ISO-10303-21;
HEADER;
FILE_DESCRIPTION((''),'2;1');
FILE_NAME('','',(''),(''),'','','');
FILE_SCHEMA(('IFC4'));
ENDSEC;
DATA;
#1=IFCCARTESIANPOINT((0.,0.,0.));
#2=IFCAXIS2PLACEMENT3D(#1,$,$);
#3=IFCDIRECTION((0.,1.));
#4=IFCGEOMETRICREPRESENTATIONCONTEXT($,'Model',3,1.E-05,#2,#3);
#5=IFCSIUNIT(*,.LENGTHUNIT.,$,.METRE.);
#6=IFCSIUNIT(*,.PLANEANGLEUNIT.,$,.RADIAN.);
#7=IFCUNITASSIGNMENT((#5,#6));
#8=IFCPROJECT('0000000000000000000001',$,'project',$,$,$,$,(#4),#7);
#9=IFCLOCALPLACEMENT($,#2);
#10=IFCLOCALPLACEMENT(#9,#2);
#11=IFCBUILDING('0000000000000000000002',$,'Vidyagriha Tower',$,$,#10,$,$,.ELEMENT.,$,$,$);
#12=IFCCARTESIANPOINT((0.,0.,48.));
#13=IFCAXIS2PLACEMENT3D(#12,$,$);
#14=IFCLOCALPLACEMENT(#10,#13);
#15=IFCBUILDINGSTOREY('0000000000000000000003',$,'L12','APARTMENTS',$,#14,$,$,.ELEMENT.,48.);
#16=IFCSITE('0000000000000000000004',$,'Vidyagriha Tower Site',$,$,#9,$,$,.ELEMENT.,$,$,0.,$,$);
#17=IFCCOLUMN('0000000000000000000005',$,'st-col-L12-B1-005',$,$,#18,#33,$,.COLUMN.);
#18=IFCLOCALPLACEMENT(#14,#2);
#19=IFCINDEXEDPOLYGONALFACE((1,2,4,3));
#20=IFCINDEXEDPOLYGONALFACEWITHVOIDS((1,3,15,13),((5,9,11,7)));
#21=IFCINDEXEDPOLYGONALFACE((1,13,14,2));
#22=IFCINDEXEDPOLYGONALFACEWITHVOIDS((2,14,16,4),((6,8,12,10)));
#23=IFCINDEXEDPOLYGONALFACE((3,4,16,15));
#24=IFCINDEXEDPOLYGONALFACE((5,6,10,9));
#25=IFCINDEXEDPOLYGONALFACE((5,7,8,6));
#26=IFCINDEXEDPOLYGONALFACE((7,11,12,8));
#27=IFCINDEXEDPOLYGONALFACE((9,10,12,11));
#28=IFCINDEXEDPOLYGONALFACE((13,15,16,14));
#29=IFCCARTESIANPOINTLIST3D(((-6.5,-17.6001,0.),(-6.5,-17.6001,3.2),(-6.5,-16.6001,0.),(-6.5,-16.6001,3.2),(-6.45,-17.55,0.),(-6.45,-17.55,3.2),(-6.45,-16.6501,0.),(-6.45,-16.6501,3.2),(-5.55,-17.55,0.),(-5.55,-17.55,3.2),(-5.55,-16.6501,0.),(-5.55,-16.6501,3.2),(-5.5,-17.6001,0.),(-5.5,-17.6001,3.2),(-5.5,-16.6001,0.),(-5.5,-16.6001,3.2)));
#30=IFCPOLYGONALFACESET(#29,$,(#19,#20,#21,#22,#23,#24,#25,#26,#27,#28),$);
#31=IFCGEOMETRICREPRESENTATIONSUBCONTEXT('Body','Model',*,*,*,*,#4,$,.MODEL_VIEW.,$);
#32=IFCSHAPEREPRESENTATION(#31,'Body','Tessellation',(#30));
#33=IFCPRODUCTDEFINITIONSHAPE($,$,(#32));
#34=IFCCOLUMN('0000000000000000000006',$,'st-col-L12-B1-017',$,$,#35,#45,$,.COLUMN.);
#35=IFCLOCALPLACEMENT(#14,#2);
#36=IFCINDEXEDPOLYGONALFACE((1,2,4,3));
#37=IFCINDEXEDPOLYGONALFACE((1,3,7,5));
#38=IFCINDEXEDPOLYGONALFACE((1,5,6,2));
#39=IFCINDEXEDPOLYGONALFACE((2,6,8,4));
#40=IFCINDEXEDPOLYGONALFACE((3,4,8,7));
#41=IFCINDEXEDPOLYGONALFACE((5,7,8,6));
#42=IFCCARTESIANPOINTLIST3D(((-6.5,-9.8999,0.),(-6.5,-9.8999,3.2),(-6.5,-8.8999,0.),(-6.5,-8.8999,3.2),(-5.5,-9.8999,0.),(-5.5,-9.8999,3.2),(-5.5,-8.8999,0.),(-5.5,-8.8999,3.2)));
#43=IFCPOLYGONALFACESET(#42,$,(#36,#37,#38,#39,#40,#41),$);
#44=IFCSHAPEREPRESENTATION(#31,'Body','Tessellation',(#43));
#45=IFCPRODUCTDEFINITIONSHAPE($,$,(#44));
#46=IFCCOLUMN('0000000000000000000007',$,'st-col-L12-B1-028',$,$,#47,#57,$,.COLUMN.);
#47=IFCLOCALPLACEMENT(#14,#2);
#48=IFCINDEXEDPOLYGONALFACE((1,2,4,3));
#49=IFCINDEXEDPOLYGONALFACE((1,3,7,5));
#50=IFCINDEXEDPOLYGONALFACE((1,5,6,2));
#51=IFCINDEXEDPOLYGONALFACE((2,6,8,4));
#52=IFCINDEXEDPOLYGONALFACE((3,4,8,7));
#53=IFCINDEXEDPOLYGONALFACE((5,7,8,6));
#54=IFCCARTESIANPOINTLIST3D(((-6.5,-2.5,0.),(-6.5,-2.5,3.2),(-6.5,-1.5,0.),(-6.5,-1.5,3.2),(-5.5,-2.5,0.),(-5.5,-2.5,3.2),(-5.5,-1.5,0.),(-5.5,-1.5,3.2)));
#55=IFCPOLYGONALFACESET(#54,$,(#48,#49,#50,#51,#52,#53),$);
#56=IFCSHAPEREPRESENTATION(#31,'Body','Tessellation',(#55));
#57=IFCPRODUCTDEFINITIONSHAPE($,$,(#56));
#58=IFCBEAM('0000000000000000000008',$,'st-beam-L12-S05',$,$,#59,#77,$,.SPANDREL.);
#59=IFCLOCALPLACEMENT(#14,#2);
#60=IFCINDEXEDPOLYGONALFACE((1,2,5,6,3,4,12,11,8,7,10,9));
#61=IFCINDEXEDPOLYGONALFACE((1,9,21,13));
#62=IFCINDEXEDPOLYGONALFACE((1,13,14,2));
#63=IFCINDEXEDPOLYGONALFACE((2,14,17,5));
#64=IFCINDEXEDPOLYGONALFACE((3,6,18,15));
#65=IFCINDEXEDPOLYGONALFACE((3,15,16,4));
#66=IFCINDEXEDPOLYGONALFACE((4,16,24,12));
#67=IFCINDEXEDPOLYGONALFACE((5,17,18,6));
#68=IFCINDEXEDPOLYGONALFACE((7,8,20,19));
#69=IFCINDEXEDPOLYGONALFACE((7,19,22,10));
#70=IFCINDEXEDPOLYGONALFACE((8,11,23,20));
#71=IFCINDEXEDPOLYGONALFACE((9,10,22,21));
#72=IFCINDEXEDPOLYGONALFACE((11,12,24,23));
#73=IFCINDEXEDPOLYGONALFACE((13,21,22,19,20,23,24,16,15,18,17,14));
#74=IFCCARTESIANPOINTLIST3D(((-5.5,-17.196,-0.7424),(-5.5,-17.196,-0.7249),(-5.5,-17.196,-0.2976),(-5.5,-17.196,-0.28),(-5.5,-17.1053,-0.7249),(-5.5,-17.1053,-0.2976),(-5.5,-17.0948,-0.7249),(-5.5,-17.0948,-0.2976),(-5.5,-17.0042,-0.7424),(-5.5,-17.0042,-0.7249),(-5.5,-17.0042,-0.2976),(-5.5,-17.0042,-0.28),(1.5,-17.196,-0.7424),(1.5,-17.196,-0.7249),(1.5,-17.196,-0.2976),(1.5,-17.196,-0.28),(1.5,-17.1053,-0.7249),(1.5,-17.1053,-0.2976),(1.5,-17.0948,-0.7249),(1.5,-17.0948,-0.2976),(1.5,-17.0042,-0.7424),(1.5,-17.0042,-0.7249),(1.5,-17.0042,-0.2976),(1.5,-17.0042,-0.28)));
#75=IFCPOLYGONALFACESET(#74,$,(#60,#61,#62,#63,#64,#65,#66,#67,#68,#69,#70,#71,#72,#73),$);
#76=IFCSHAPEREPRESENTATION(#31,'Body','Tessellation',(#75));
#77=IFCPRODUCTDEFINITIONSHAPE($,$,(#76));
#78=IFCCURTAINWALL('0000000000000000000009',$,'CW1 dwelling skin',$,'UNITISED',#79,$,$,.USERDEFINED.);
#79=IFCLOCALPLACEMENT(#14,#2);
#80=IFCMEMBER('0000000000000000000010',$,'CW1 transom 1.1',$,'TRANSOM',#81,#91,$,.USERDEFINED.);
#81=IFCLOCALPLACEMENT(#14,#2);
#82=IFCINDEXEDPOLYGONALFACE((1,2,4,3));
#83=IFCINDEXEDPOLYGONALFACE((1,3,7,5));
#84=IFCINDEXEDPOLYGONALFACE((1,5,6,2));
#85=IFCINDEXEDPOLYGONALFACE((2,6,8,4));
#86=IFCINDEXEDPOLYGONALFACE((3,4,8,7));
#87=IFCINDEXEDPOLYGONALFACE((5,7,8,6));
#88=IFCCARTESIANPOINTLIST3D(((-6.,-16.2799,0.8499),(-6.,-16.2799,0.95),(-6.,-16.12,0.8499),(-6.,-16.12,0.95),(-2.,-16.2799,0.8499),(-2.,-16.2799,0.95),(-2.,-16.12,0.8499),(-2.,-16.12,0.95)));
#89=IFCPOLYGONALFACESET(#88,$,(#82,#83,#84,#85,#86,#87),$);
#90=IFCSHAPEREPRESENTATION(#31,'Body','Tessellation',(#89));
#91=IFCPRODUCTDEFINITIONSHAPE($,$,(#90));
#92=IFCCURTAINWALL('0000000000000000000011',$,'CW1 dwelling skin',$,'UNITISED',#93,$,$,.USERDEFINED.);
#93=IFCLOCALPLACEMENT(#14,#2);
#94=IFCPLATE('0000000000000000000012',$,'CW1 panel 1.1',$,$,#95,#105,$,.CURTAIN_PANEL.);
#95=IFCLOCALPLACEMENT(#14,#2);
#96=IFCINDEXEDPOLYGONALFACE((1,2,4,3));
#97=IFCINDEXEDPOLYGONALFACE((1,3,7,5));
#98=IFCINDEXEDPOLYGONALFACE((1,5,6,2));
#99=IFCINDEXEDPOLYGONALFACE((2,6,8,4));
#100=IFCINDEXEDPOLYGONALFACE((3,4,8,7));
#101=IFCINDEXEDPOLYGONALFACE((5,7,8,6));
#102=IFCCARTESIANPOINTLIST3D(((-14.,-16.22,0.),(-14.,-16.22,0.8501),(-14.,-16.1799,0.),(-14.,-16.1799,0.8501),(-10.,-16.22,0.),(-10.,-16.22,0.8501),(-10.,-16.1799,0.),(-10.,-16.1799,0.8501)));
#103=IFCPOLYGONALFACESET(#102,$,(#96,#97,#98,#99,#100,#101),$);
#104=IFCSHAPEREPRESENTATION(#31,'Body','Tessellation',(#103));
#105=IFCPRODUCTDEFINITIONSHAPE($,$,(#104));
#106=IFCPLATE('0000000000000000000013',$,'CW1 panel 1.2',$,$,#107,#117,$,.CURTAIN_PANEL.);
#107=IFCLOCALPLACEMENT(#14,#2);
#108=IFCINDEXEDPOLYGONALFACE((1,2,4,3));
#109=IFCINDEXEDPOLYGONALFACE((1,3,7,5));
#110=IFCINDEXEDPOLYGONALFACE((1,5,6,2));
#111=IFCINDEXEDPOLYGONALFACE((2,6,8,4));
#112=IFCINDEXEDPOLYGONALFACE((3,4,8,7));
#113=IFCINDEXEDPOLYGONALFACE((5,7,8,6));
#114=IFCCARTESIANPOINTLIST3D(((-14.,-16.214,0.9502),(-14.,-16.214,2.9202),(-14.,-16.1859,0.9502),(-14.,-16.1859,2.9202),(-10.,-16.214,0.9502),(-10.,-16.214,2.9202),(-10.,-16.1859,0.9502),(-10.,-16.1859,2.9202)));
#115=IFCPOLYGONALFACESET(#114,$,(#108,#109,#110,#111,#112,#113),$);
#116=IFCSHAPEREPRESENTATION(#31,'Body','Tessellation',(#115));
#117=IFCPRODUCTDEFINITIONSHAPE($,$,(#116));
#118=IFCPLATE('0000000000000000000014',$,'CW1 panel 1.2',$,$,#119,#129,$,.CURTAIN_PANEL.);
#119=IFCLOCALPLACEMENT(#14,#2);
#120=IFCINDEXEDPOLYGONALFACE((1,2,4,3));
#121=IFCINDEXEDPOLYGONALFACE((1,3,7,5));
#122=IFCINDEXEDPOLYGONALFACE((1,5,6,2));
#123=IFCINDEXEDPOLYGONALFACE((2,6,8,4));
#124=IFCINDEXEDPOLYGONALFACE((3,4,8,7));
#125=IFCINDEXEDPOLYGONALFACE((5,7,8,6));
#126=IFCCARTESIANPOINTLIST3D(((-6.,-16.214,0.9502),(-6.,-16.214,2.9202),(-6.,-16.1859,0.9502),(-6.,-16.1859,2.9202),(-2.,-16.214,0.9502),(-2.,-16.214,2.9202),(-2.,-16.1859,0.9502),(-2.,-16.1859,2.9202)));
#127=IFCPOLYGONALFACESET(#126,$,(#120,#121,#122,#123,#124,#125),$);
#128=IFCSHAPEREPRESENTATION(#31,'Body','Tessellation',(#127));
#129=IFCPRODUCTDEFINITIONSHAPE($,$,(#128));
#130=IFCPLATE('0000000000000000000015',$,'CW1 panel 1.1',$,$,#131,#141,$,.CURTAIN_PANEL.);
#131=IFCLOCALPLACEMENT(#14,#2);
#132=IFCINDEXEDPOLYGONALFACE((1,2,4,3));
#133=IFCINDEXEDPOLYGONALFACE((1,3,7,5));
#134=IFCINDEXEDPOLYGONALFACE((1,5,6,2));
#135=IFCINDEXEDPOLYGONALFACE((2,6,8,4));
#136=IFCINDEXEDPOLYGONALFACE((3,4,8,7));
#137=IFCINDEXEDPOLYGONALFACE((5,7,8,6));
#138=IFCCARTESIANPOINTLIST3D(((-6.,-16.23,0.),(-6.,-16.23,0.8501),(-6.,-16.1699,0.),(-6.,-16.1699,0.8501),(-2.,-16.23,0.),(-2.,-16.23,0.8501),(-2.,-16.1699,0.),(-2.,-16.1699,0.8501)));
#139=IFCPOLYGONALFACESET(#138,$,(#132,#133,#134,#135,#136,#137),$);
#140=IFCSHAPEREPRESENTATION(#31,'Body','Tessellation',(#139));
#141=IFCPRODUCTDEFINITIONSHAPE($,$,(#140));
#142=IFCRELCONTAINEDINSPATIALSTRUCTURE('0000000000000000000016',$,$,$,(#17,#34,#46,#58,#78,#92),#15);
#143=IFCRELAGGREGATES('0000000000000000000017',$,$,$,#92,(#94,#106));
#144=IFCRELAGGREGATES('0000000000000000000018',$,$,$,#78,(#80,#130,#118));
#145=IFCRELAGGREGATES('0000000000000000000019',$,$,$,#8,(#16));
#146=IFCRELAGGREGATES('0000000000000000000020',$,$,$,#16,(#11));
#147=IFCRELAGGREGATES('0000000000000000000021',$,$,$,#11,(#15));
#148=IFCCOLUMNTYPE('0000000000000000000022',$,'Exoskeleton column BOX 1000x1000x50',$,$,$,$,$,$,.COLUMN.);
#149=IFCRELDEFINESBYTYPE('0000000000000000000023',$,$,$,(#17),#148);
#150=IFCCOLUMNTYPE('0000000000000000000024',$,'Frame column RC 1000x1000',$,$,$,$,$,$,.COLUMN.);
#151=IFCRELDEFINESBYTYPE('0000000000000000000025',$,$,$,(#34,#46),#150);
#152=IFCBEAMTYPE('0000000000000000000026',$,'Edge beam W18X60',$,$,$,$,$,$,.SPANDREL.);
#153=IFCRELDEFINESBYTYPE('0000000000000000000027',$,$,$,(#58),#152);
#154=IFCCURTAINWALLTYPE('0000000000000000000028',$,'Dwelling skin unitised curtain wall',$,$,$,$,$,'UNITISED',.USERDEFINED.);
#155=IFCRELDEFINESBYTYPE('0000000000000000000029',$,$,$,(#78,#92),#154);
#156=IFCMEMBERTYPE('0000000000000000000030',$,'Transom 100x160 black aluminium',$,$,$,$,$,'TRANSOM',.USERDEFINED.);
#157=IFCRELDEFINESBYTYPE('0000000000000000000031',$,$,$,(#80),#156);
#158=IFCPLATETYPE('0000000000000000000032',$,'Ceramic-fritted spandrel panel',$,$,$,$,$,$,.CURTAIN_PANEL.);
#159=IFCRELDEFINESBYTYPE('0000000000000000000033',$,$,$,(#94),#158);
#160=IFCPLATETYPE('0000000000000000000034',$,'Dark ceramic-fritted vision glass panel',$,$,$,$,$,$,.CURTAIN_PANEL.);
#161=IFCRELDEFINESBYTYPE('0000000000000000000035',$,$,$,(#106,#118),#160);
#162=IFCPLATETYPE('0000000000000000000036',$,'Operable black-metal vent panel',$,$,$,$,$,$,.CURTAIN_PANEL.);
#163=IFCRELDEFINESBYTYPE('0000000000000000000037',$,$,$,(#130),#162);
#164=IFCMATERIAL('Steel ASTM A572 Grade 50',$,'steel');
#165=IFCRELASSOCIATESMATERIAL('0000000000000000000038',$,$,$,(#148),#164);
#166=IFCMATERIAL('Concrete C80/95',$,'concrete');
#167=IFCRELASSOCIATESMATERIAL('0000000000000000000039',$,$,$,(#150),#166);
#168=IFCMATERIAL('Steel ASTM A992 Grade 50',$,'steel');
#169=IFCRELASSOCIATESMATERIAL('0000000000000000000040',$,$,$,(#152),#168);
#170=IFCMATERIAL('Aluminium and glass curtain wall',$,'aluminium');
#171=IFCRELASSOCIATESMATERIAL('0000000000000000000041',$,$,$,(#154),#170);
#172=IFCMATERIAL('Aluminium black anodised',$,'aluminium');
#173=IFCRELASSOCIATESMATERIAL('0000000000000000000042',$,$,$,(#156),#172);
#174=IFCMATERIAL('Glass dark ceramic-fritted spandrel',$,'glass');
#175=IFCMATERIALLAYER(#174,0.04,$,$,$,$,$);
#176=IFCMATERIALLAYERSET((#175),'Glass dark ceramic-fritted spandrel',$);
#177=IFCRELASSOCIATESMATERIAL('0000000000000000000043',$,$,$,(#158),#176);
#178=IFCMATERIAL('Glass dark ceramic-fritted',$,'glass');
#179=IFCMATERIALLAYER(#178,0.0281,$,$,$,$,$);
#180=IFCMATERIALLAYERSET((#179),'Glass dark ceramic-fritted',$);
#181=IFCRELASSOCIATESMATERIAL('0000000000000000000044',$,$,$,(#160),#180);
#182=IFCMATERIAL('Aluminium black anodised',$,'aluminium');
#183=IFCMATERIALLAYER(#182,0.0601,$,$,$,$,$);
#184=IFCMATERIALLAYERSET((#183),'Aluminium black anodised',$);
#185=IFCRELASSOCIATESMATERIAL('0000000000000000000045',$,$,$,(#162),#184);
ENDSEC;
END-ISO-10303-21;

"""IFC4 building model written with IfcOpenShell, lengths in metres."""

from ifc_helpers import new_model, si_unit, direction, frame, origin, origin_2d, place, context, subcontext, project, spatial, rectangle, hollow_rectangle, i_section, extrude, material, layer, layer_set, material_profile, profile_set, type_object, element, aggregate, save


model = new_model("IFC4")

# Units and contexts
model_context = context("Model", 3, precision=1e-05, world=origin(), true_north=direction((0.0, 1.0)))
body_context = subcontext(model_context, "Body", "Model", "MODEL_VIEW")
ifc_project = project(units=[si_unit("LENGTHUNIT", "METRE"), si_unit("PLANEANGLEUNIT", "RADIAN")], contexts=[model_context])

# Site, building, storey
site_placement = place(None, origin())
site = spatial("IfcSite", under=ifc_project, at=site_placement, Name="Vidyagriha Tower Site", CompositionType="ELEMENT", RefElevation=0.0)
building_placement = place(site_placement, origin())
building = spatial("IfcBuilding", under=site, at=building_placement, Name="Vidyagriha Tower", CompositionType="ELEMENT")
storey_placement = place(building_placement, frame((0.0, 0.0, 48.0)))
storey = spatial("IfcBuildingStorey", under=building, at=storey_placement, Name="L12", Description="APARTMENTS", CompositionType="ELEMENT", Elevation=48.0)

# Columns
ifc_material_1 = material(Name="Steel ASTM A572 Grade 50", Category="steel")
ifc_material_profile_1 = material_profile(ifc_material_1, hollow_rectangle(XDim=1.0, YDim=1.0, WallThickness=0.05, at=origin_2d()), Name="BOX 1000x1000x50")
ifc_profile_set_1 = profile_set([ifc_material_profile_1], Name="Steel ASTM A572 Grade 50")
column_type_1 = type_object("IfcColumnType", Name="Exoskeleton column BOX 1000x1000x50", PredefinedType="COLUMN", material=ifc_profile_set_1)
column_placement = place(storey_placement, frame((-6.0, -17.1001, 0.0)))
element("IfcColumn", 1, at=column_placement, inside=storey, type_object=column_type_1, Name="st-col-L12-B1-005", PredefinedType="COLUMN", context=body_context, shape_type="SweptSolid", body=[
    extrude(hollow_rectangle(XDim=1.0, YDim=1.0, WallThickness=0.05, at=origin_2d()), origin(), (0.0, 0.0, 1.0), 3.2),
])
ifc_material_2 = material(Name="Concrete C80/95", Category="concrete")
ifc_material_profile_2 = material_profile(ifc_material_2, rectangle(XDim=1.0, YDim=1.0, at=origin_2d()), Name="RC 1000x1000")
ifc_profile_set_2 = profile_set([ifc_material_profile_2], Name="Concrete C80/95")
column_type_2 = type_object("IfcColumnType", Name="Frame column RC 1000x1000", PredefinedType="COLUMN", material=ifc_profile_set_2)
for number, where, name in (
    (2, (-6.0, -9.3999, 0.0), "st-col-L12-B1-017"),
    (3, (-6.0, -2.0, 0.0), "st-col-L12-B1-028"),
):
    element("IfcColumn", number, at=place(storey_placement, frame(where)), inside=storey, type_object=column_type_2, Name=name, PredefinedType="COLUMN", context=body_context, shape_type="SweptSolid", body=[
        extrude(rectangle(XDim=1.0, YDim=1.0, at=origin_2d()), origin(), (0.0, 0.0, 1.0), 3.2),
    ])

# Beam
ifc_material_3 = material(Name="Steel ASTM A992 Grade 50", Category="steel")
ifc_material_profile_3 = material_profile(ifc_material_3, i_section(OverallWidth=0.1919, OverallDepth=0.4624, WebThickness=0.0105, FlangeThickness=0.0176, at=origin_2d()), Name="W18X60")
ifc_profile_set_3 = profile_set([ifc_material_profile_3], Name="Steel ASTM A992 Grade 50")
beam_type = type_object("IfcBeamType", Name="Edge beam W18X60", PredefinedType="SPANDREL", material=ifc_profile_set_3)
beam_placement = place(storey_placement, frame((-5.5, -17.1001, -0.5112), z_axis=(1.0, 0.0, 0.0), x_axis=(0.0, 1.0, 0.0)))
element("IfcBeam", 4, at=beam_placement, inside=storey, type_object=beam_type, Name="st-beam-L12-S05", PredefinedType="SPANDREL", context=body_context, shape_type="SweptSolid", body=[
    extrude(i_section(OverallWidth=0.1919, OverallDepth=0.4624, WebThickness=0.0105, FlangeThickness=0.0176, at=origin_2d()), origin(), (0.0, 0.0, 1.0), 7.0),
])

# Curtain wall, member
ifc_material_4 = material(Name="Aluminium and glass curtain wall", Category="aluminium")
curtain_wall_type = type_object("IfcCurtainWallType", Name="Dwelling skin unitised curtain wall", ElementType="UNITISED", PredefinedType="USERDEFINED", material=ifc_material_4)
curtain_wall_1_placement = place(storey_placement, origin())
curtain_wall_1 = element("IfcCurtainWall", 5, at=curtain_wall_1_placement, inside=storey, type_object=curtain_wall_type, Name="CW1 dwelling skin", ObjectType="UNITISED", PredefinedType="USERDEFINED")
ifc_material_5 = material(Name="Aluminium black anodised", Category="aluminium")
ifc_material_profile_4 = material_profile(ifc_material_5, rectangle(XDim=0.1599, YDim=0.1001, at=origin_2d()), Name="Transom 100x160 black aluminium")
ifc_profile_set_4 = profile_set([ifc_material_profile_4], Name="Aluminium black anodised")
member_type = type_object("IfcMemberType", Name="Transom 100x160 black aluminium", ElementType="TRANSOM", PredefinedType="USERDEFINED", material=ifc_profile_set_4)
member_placement = place(storey_placement, frame((-6.0, -16.2, 0.8999), z_axis=(1.0, 0.0, 0.0), x_axis=(0.0, 1.0, 0.0)))
member = element("IfcMember", 6, at=member_placement, type_object=member_type, Name="CW1 transom 1.1", ObjectType="TRANSOM", PredefinedType="USERDEFINED", context=body_context, shape_type="SweptSolid", body=[
    extrude(rectangle(XDim=0.1599, YDim=0.1001, at=origin_2d()), origin(), (0.0, 0.0, 1.0), 4.0),
])

# Curtain wall, plates
curtain_wall_2_placement = place(storey_placement, origin())
curtain_wall_2 = element("IfcCurtainWall", 7, at=curtain_wall_2_placement, inside=storey, type_object=curtain_wall_type, Name="CW1 dwelling skin", ObjectType="UNITISED", PredefinedType="USERDEFINED")
ifc_material_6 = material(Name="Glass dark ceramic-fritted spandrel", Category="glass")
ifc_layer_1 = layer(ifc_material_6, 0.04)
ifc_layer_set_1 = layer_set([ifc_layer_1], Name="Glass dark ceramic-fritted spandrel")
plate_type_1 = type_object("IfcPlateType", Name="Ceramic-fritted spandrel panel", PredefinedType="CURTAIN_PANEL", material=ifc_layer_set_1)
plate_1_placement = place(storey_placement, frame((-12.0, -16.2, 0.0)))
plate_1 = element("IfcPlate", 8, at=plate_1_placement, type_object=plate_type_1, Name="CW1 panel 1.1", PredefinedType="CURTAIN_PANEL", context=body_context, shape_type="SweptSolid", body=[
    extrude(rectangle(XDim=4.0, YDim=0.04, at=origin_2d()), origin(), (0.0, 0.0, 1.0), 0.8501),
])
ifc_material_7 = material(Name="Glass dark ceramic-fritted", Category="glass")
ifc_layer_2 = layer(ifc_material_7, 0.0281)
ifc_layer_set_2 = layer_set([ifc_layer_2], Name="Glass dark ceramic-fritted")
plate_type_2 = type_object("IfcPlateType", Name="Dark ceramic-fritted vision glass panel", PredefinedType="CURTAIN_PANEL", material=ifc_layer_set_2)
plate_2_placement = place(storey_placement, frame((-12.0, -16.2, 0.9502)))
plate_2 = element("IfcPlate", 9, at=plate_2_placement, type_object=plate_type_2, Name="CW1 panel 1.2", PredefinedType="CURTAIN_PANEL", context=body_context, shape_type="SweptSolid", body=[
    extrude(rectangle(XDim=4.0, YDim=0.0281, at=origin_2d()), origin(), (0.0, 0.0, 1.0), 1.97),
])
aggregate(curtain_wall_2, [plate_1, plate_2])

# Plates
plate_3_placement = place(storey_placement, frame((-4.0, -16.2, 0.9502)))
plate_3 = element("IfcPlate", 10, at=plate_3_placement, type_object=plate_type_2, Name="CW1 panel 1.2", PredefinedType="CURTAIN_PANEL", context=body_context, shape_type="SweptSolid", body=[
    extrude(rectangle(XDim=4.0, YDim=0.0281, at=origin_2d()), origin(), (0.0, 0.0, 1.0), 1.97),
])
ifc_material_8 = material(Name="Aluminium black anodised", Category="aluminium")
ifc_layer_3 = layer(ifc_material_8, 0.0601)
ifc_layer_set_3 = layer_set([ifc_layer_3], Name="Aluminium black anodised")
plate_type_3 = type_object("IfcPlateType", Name="Operable black-metal vent panel", PredefinedType="CURTAIN_PANEL", material=ifc_layer_set_3)
plate_4_placement = place(storey_placement, frame((-4.0, -16.2, 0.0)))
plate_4 = element("IfcPlate", 11, at=plate_4_placement, type_object=plate_type_3, Name="CW1 panel 1.1", PredefinedType="CURTAIN_PANEL", context=body_context, shape_type="SweptSolid", body=[
    extrude(rectangle(XDim=4.0, YDim=0.0601, at=origin_2d()), origin(), (0.0, 0.0, 1.0), 0.8501),
])
aggregate(curtain_wall_1, [member, plate_4, plate_3])

save(model, "model.ifc")
